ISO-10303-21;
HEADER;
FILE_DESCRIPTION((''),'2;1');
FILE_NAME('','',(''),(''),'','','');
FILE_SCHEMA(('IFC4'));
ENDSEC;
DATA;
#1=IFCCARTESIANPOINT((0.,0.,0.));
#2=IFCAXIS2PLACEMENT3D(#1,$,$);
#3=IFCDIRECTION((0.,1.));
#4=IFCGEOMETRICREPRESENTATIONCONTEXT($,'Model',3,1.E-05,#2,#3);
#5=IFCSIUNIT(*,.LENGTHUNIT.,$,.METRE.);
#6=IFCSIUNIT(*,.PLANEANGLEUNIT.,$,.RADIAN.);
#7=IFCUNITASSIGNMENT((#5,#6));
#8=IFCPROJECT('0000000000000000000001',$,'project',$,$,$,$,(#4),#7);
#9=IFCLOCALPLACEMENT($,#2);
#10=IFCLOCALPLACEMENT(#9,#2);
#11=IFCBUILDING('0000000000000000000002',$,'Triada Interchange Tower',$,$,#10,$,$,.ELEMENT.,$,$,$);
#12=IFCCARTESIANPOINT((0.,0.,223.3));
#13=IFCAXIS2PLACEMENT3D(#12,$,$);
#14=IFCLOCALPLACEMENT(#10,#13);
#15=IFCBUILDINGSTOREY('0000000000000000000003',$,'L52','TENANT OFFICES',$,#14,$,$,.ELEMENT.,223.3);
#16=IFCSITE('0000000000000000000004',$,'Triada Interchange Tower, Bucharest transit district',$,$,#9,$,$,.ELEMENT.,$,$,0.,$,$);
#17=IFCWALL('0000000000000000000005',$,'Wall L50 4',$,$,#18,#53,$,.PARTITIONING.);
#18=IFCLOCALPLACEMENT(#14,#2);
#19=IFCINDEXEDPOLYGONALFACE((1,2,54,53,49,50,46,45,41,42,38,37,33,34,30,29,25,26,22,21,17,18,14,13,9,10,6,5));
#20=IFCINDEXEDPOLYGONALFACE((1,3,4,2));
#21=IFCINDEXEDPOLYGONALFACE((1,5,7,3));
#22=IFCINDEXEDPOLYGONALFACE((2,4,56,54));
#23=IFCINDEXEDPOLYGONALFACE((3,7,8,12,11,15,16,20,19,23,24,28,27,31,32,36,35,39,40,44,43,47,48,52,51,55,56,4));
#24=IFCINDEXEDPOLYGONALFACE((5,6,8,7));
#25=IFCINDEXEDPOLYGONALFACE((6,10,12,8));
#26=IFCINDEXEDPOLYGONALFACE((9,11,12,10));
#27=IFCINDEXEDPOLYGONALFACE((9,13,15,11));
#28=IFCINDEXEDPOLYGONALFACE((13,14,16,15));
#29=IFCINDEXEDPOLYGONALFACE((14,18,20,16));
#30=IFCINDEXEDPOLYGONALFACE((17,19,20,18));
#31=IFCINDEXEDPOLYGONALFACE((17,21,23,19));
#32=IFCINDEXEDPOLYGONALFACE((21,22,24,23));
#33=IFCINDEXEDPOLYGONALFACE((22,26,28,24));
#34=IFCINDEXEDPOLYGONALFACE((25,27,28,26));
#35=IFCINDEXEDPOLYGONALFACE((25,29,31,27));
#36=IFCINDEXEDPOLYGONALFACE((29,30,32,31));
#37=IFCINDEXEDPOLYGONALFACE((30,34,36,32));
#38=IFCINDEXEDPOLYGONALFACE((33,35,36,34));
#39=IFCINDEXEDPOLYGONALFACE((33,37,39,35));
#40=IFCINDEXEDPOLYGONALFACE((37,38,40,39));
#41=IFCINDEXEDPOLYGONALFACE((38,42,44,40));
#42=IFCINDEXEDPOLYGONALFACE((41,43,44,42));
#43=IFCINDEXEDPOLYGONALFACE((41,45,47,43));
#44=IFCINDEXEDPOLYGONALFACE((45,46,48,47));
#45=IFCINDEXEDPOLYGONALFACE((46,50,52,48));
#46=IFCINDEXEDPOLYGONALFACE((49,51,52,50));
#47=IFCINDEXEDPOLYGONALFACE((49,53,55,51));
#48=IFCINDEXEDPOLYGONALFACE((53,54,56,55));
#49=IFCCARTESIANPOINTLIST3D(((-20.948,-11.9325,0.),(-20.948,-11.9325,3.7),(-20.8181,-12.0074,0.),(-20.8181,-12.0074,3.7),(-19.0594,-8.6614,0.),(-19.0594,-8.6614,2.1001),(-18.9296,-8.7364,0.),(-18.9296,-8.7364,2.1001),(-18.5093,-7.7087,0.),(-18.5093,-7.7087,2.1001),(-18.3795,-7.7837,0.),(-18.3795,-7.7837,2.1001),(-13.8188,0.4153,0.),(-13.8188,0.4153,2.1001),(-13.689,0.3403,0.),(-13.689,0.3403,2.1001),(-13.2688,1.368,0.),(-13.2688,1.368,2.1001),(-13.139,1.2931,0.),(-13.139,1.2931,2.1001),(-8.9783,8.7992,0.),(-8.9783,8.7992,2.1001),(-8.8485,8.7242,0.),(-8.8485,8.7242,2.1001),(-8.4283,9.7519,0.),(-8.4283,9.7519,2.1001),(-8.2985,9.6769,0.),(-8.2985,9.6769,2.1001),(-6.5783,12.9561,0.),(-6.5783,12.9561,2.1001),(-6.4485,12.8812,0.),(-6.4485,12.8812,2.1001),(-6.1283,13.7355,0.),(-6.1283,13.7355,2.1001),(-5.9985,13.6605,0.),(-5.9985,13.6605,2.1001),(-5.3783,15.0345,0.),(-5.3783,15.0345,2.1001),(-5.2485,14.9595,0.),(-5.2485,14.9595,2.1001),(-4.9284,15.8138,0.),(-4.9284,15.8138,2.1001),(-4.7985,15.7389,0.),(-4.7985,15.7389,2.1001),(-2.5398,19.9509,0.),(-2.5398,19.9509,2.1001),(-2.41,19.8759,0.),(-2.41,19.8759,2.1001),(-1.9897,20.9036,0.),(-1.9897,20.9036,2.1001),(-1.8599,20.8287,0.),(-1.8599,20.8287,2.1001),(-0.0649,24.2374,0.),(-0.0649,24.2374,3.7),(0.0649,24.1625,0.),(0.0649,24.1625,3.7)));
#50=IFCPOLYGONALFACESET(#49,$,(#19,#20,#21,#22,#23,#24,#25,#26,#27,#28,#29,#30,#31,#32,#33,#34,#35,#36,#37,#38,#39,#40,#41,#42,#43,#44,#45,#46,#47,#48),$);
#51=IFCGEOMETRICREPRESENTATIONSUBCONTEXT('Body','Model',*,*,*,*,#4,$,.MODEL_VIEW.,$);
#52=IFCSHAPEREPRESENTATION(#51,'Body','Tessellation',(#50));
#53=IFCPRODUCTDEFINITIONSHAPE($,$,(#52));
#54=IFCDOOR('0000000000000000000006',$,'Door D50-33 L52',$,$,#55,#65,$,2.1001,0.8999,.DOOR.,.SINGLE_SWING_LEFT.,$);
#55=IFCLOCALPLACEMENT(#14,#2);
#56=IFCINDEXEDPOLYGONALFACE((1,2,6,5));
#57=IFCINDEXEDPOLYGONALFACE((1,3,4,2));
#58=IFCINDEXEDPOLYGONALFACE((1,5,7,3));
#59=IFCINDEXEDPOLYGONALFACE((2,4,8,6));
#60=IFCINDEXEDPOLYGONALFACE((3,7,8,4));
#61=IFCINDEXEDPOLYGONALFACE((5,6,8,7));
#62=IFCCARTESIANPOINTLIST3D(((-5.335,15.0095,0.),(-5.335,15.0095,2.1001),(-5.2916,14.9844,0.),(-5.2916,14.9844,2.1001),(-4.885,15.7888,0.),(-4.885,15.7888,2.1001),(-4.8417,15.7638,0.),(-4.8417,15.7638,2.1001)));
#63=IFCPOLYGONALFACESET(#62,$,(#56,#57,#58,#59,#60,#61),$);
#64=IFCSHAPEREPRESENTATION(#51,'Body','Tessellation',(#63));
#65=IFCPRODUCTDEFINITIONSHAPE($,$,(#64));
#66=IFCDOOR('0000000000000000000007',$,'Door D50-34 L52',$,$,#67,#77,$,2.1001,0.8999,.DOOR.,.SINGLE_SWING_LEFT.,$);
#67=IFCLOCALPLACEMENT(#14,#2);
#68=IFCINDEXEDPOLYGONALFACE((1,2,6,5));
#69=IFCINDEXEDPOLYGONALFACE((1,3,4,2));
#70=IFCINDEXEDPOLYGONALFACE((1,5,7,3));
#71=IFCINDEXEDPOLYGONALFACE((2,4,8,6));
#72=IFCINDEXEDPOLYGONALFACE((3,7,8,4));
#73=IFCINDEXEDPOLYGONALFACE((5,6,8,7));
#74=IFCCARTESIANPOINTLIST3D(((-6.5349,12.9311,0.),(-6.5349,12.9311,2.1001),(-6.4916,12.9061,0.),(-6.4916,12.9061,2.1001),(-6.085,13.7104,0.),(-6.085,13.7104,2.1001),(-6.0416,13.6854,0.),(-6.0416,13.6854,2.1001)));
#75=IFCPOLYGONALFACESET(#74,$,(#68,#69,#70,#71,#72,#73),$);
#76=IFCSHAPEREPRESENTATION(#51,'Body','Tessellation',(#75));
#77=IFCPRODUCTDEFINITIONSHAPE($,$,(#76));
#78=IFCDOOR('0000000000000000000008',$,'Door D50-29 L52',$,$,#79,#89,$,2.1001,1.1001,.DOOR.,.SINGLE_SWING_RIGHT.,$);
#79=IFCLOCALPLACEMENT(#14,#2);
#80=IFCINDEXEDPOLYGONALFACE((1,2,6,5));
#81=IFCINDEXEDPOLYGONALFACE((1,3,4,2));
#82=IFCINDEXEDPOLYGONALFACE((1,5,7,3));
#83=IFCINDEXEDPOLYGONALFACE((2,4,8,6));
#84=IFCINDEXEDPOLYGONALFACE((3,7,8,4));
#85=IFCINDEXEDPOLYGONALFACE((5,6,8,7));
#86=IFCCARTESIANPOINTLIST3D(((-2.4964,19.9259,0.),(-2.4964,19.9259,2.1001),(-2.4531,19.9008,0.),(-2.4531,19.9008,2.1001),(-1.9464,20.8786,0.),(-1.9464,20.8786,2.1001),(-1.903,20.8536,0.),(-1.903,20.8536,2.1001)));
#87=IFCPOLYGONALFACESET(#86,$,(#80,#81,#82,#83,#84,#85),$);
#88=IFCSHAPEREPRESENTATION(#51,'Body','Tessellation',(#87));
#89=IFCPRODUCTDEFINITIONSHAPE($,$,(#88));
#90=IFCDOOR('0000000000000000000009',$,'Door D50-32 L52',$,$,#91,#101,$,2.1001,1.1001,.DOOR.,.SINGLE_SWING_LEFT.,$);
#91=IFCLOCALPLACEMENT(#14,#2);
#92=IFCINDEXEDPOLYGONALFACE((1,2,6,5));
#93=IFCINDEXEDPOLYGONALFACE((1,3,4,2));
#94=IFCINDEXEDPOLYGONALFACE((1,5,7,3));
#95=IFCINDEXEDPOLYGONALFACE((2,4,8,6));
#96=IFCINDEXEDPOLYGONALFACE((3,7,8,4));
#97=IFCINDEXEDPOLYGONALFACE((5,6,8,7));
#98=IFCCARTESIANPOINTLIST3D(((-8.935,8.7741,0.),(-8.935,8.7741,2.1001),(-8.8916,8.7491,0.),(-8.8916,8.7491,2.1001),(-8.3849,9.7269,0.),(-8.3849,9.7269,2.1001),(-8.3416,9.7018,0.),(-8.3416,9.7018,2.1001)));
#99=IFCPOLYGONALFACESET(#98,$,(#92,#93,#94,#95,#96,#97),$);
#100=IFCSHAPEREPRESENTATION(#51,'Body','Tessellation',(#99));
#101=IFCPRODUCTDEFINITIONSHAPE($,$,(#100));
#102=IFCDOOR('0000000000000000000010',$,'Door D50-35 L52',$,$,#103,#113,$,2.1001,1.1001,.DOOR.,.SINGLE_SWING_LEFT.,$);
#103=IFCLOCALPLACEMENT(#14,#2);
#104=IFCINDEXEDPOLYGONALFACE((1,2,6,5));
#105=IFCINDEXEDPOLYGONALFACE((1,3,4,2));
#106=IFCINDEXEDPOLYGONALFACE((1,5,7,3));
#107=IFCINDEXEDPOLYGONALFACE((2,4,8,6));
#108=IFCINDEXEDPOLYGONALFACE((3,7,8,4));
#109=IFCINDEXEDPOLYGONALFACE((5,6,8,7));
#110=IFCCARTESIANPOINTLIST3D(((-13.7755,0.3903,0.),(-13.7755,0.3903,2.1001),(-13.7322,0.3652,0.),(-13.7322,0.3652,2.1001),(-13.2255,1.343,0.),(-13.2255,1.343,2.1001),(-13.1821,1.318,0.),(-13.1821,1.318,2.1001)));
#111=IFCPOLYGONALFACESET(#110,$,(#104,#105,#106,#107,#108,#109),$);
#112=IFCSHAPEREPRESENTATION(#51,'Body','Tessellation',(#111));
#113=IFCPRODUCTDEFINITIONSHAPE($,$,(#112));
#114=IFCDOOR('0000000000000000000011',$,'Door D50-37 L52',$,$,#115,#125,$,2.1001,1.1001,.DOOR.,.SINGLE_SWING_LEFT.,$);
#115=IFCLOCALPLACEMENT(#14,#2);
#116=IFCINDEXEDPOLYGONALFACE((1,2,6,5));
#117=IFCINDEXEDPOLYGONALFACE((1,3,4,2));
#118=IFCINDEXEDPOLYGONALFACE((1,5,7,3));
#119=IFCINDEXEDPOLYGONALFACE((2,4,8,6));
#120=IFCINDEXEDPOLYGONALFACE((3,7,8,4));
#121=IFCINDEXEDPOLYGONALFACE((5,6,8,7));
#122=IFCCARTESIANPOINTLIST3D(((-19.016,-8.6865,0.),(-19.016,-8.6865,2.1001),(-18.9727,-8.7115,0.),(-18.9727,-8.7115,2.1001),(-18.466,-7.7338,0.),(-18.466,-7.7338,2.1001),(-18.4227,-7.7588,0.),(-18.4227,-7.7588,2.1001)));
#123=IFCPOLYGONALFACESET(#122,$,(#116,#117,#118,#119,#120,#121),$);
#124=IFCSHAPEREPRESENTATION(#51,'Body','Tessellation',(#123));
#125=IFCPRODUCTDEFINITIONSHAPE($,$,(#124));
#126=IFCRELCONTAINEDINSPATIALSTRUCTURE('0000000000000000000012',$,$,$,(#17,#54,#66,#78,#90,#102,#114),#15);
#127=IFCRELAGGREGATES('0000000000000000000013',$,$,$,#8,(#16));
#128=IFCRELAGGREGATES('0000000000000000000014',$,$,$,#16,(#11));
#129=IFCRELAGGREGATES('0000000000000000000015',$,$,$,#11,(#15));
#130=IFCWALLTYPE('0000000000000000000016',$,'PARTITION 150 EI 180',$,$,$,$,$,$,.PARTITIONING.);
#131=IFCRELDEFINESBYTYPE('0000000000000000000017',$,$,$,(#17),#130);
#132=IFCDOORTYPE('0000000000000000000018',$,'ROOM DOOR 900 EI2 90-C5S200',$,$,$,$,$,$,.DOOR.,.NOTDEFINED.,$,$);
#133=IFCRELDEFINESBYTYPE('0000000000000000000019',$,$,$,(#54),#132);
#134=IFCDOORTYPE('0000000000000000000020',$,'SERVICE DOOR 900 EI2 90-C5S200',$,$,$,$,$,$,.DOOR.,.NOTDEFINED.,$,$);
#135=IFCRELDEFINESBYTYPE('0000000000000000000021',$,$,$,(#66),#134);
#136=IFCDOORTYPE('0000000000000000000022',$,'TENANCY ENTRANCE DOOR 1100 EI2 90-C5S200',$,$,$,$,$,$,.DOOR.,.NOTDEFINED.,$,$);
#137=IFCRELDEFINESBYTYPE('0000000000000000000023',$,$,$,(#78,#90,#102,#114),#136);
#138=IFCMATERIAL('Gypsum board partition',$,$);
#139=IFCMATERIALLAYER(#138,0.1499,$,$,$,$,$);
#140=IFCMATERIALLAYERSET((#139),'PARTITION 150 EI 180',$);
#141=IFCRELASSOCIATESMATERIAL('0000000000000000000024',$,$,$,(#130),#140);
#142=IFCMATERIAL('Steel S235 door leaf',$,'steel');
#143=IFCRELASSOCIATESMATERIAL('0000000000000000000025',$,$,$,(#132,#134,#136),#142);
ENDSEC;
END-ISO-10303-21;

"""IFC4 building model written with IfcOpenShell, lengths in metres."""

from ifc_helpers import new_model, si_unit, direction, frame, frame_2d, origin, place, context, subcontext, project, spatial, rectangle, extrude, material, layer, layer_set, type_object, element, fill, save


model = new_model("IFC4")

# Units and contexts
model_context = context("Model", 3, precision=1e-05, world=origin(), true_north=direction((0.0, 1.0)))
body_context = subcontext(model_context, "Body", "Model", "MODEL_VIEW")
ifc_project = project(units=[si_unit("LENGTHUNIT", "METRE"), si_unit("PLANEANGLEUNIT", "RADIAN")], contexts=[model_context])

# Site, building, storey
site_placement = place(None, origin())
site = spatial("IfcSite", under=ifc_project, at=site_placement, Name="Triada Interchange Tower, Bucharest transit district", CompositionType="ELEMENT", RefElevation=0.0)
building_placement = place(site_placement, origin())
building = spatial("IfcBuilding", under=site, at=building_placement, Name="Triada Interchange Tower", CompositionType="ELEMENT")
storey_placement = place(building_placement, frame((0.0, 0.0, 223.3)))
storey = spatial("IfcBuildingStorey", under=building, at=storey_placement, Name="L52", Description="TENANT OFFICES", CompositionType="ELEMENT", Elevation=223.3)

# Wall, openings, doors
ifc_material_1 = material(Name="Gypsum board partition")
ifc_layer = layer(ifc_material_1, 0.1499)
ifc_layer_set = layer_set([ifc_layer], Name="PARTITION 150 EI 180")
wall_type = type_object("IfcWallType", Name="PARTITION 150 EI 180", PredefinedType="PARTITIONING", material=ifc_layer_set)
wall_1_placement = place(storey_placement, frame((-20.8831, -11.97, 0.0), z_axis=(0.0, 0.0, 1.0), x_axis=(0.500006, 0.866022, 0.0)))
wall_1 = element("IfcWall", 1, at=wall_1_placement, inside=storey, type_object=wall_type, Name="Wall L50 4", PredefinedType="PARTITIONING", context=body_context, shape_type="SweptSolid", body=[
    extrude(rectangle(XDim=41.7656, YDim=0.1499, at=frame_2d((20.8828, 0.0))), origin(), (0.0, 0.0, 1.0), 3.7),
])
opening_1_placement = place(wall_1_placement, frame((36.8159, 0.0, 0.0)))
opening_1 = element("IfcOpeningElement", 2, at=opening_1_placement, cuts=wall_1, PredefinedType="OPENING", context=body_context, shape_type="SweptSolid", body=[
    extrude(rectangle(XDim=1.1001, YDim=2.1001, at=frame_2d((0.55, 1.05))), frame((0.0, 0.085, 0.0), z_axis=(0.0, -1.0, 0.0), x_axis=(1.0, 0.0, 0.0)), (0.0, 0.0, 1.0), 0.1699),
])
opening_2_placement = place(wall_1_placement, frame((23.939, 0.0, 0.0)))
opening_2 = element("IfcOpeningElement", 3, at=opening_2_placement, cuts=wall_1, PredefinedType="OPENING", context=body_context, shape_type="SweptSolid", body=[
    extrude(rectangle(XDim=1.1001, YDim=2.1001, at=frame_2d((0.55, 1.05))), frame((0.0, 0.085, 0.0), z_axis=(0.0, -1.0, 0.0), x_axis=(1.0, 0.0, 0.0)), (0.0, 0.0, 1.0), 0.1699),
])
opening_3_placement = place(wall_1_placement, frame((31.1389, 0.0, 0.0)))
opening_3 = element("IfcOpeningElement", 4, at=opening_3_placement, cuts=wall_1, PredefinedType="OPENING", context=body_context, shape_type="SweptSolid", body=[
    extrude(rectangle(XDim=0.8999, YDim=2.1001, at=frame_2d((0.45, 1.05))), frame((0.0, 0.085, 0.0), z_axis=(0.0, -1.0, 0.0), x_axis=(1.0, 0.0, 0.0)), (0.0, 0.0, 1.0), 0.1699),
])
opening_4_placement = place(wall_1_placement, frame((28.739, 0.0, 0.0)))
opening_4 = element("IfcOpeningElement", 5, at=opening_4_placement, cuts=wall_1, PredefinedType="OPENING", context=body_context, shape_type="SweptSolid", body=[
    extrude(rectangle(XDim=0.8999, YDim=2.1001, at=frame_2d((0.45, 1.05))), frame((0.0, 0.085, 0.0), z_axis=(0.0, -1.0, 0.0), x_axis=(1.0, 0.0, 0.0)), (0.0, 0.0, 1.0), 0.1699),
])
opening_5_placement = place(wall_1_placement, frame((14.2581, 0.0, 0.0)))
opening_5 = element("IfcOpeningElement", 6, at=opening_5_placement, cuts=wall_1, PredefinedType="OPENING", context=body_context, shape_type="SweptSolid", body=[
    extrude(rectangle(XDim=1.1001, YDim=2.1001, at=frame_2d((0.55, 1.05))), frame((0.0, 0.085, 0.0), z_axis=(0.0, -1.0, 0.0), x_axis=(1.0, 0.0, 0.0)), (0.0, 0.0, 1.0), 0.1699),
])
opening_6_placement = place(wall_1_placement, frame((3.7771, 0.0, 0.0)))
opening_6 = element("IfcOpeningElement", 7, at=opening_6_placement, cuts=wall_1, PredefinedType="OPENING", context=body_context, shape_type="SweptSolid", body=[
    extrude(rectangle(XDim=1.1001, YDim=2.1001, at=frame_2d((0.55, 1.05))), frame((0.0, 0.085, 0.0), z_axis=(0.0, -1.0, 0.0), x_axis=(1.0, 0.0, 0.0)), (0.0, 0.0, 1.0), 0.1699),
])
ifc_material_2 = material(Name="Steel S235 door leaf", Category="steel")
door_type_1 = type_object("IfcDoorType", Name="ROOM DOOR 900 EI2 90-C5S200", OperationType="NOTDEFINED", PredefinedType="DOOR", material=ifc_material_2)
door_1_placement = place(opening_3_placement, origin())
door_1 = element("IfcDoor", 8, at=door_1_placement, inside=storey, type_object=door_type_1, Name="Door D50-33 L52", OperationType="SINGLE_SWING_LEFT", OverallHeight=2.1001, OverallWidth=0.8999, PredefinedType="DOOR", context=body_context, shape_type="SweptSolid", body=[
    extrude(rectangle(XDim=0.8999, YDim=2.1001, at=frame_2d((0.45, 1.05))), frame((0.0, 0.0249, 0.0), z_axis=(0.0, -1.0, 0.0), x_axis=(1.0, 0.0, 0.0)), (0.0, 0.0, 1.0), 0.05),
])
fill(opening_3, door_1)
door_type_2 = type_object("IfcDoorType", Name="SERVICE DOOR 900 EI2 90-C5S200", OperationType="NOTDEFINED", PredefinedType="DOOR", material=ifc_material_2)
door_2_placement = place(opening_4_placement, origin())
door_2 = element("IfcDoor", 9, at=door_2_placement, inside=storey, type_object=door_type_2, Name="Door D50-34 L52", OperationType="SINGLE_SWING_LEFT", OverallHeight=2.1001, OverallWidth=0.8999, PredefinedType="DOOR", context=body_context, shape_type="SweptSolid", body=[
    extrude(rectangle(XDim=0.8999, YDim=2.1001, at=frame_2d((0.45, 1.05))), frame((0.0, 0.0249, 0.0), z_axis=(0.0, -1.0, 0.0), x_axis=(1.0, 0.0, 0.0)), (0.0, 0.0, 1.0), 0.05),
])
fill(opening_4, door_2)
door_type_3 = type_object("IfcDoorType", Name="TENANCY ENTRANCE DOOR 1100 EI2 90-C5S200", OperationType="NOTDEFINED", PredefinedType="DOOR", material=ifc_material_2)
door_3_placement = place(opening_1_placement, origin())
door_3 = element("IfcDoor", 10, at=door_3_placement, inside=storey, type_object=door_type_3, Name="Door D50-29 L52", OperationType="SINGLE_SWING_RIGHT", OverallHeight=2.1001, OverallWidth=1.1001, PredefinedType="DOOR", context=body_context, shape_type="SweptSolid", body=[
    extrude(rectangle(XDim=1.1001, YDim=2.1001, at=frame_2d((0.55, 1.05))), frame((0.0, 0.0249, 0.0), z_axis=(0.0, -1.0, 0.0), x_axis=(1.0, 0.0, 0.0)), (0.0, 0.0, 1.0), 0.05),
])
fill(opening_1, door_3)
door_4_placement = place(opening_2_placement, origin())
door_4 = element("IfcDoor", 11, at=door_4_placement, inside=storey, type_object=door_type_3, Name="Door D50-32 L52", OperationType="SINGLE_SWING_LEFT", OverallHeight=2.1001, OverallWidth=1.1001, PredefinedType="DOOR", context=body_context, shape_type="SweptSolid", body=[
    extrude(rectangle(XDim=1.1001, YDim=2.1001, at=frame_2d((0.55, 1.05))), frame((0.0, 0.0249, 0.0), z_axis=(0.0, -1.0, 0.0), x_axis=(1.0, 0.0, 0.0)), (0.0, 0.0, 1.0), 0.05),
])
fill(opening_2, door_4)
door_5_placement = place(opening_5_placement, origin())
door_5 = element("IfcDoor", 12, at=door_5_placement, inside=storey, type_object=door_type_3, Name="Door D50-35 L52", OperationType="SINGLE_SWING_LEFT", OverallHeight=2.1001, OverallWidth=1.1001, PredefinedType="DOOR", context=body_context, shape_type="SweptSolid", body=[
    extrude(rectangle(XDim=1.1001, YDim=2.1001, at=frame_2d((0.55, 1.05))), frame((0.0, 0.0249, 0.0), z_axis=(0.0, -1.0, 0.0), x_axis=(1.0, 0.0, 0.0)), (0.0, 0.0, 1.0), 0.05),
])
fill(opening_5, door_5)
door_6_placement = place(opening_6_placement, origin())
door_6 = element("IfcDoor", 13, at=door_6_placement, inside=storey, type_object=door_type_3, Name="Door D50-37 L52", OperationType="SINGLE_SWING_LEFT", OverallHeight=2.1001, OverallWidth=1.1001, PredefinedType="DOOR", context=body_context, shape_type="SweptSolid", body=[
    extrude(rectangle(XDim=1.1001, YDim=2.1001, at=frame_2d((0.55, 1.05))), frame((0.0, 0.0249, 0.0), z_axis=(0.0, -1.0, 0.0), x_axis=(1.0, 0.0, 0.0)), (0.0, 0.0, 1.0), 0.05),
])
fill(opening_6, door_6)

save(model, "model.ifc")
